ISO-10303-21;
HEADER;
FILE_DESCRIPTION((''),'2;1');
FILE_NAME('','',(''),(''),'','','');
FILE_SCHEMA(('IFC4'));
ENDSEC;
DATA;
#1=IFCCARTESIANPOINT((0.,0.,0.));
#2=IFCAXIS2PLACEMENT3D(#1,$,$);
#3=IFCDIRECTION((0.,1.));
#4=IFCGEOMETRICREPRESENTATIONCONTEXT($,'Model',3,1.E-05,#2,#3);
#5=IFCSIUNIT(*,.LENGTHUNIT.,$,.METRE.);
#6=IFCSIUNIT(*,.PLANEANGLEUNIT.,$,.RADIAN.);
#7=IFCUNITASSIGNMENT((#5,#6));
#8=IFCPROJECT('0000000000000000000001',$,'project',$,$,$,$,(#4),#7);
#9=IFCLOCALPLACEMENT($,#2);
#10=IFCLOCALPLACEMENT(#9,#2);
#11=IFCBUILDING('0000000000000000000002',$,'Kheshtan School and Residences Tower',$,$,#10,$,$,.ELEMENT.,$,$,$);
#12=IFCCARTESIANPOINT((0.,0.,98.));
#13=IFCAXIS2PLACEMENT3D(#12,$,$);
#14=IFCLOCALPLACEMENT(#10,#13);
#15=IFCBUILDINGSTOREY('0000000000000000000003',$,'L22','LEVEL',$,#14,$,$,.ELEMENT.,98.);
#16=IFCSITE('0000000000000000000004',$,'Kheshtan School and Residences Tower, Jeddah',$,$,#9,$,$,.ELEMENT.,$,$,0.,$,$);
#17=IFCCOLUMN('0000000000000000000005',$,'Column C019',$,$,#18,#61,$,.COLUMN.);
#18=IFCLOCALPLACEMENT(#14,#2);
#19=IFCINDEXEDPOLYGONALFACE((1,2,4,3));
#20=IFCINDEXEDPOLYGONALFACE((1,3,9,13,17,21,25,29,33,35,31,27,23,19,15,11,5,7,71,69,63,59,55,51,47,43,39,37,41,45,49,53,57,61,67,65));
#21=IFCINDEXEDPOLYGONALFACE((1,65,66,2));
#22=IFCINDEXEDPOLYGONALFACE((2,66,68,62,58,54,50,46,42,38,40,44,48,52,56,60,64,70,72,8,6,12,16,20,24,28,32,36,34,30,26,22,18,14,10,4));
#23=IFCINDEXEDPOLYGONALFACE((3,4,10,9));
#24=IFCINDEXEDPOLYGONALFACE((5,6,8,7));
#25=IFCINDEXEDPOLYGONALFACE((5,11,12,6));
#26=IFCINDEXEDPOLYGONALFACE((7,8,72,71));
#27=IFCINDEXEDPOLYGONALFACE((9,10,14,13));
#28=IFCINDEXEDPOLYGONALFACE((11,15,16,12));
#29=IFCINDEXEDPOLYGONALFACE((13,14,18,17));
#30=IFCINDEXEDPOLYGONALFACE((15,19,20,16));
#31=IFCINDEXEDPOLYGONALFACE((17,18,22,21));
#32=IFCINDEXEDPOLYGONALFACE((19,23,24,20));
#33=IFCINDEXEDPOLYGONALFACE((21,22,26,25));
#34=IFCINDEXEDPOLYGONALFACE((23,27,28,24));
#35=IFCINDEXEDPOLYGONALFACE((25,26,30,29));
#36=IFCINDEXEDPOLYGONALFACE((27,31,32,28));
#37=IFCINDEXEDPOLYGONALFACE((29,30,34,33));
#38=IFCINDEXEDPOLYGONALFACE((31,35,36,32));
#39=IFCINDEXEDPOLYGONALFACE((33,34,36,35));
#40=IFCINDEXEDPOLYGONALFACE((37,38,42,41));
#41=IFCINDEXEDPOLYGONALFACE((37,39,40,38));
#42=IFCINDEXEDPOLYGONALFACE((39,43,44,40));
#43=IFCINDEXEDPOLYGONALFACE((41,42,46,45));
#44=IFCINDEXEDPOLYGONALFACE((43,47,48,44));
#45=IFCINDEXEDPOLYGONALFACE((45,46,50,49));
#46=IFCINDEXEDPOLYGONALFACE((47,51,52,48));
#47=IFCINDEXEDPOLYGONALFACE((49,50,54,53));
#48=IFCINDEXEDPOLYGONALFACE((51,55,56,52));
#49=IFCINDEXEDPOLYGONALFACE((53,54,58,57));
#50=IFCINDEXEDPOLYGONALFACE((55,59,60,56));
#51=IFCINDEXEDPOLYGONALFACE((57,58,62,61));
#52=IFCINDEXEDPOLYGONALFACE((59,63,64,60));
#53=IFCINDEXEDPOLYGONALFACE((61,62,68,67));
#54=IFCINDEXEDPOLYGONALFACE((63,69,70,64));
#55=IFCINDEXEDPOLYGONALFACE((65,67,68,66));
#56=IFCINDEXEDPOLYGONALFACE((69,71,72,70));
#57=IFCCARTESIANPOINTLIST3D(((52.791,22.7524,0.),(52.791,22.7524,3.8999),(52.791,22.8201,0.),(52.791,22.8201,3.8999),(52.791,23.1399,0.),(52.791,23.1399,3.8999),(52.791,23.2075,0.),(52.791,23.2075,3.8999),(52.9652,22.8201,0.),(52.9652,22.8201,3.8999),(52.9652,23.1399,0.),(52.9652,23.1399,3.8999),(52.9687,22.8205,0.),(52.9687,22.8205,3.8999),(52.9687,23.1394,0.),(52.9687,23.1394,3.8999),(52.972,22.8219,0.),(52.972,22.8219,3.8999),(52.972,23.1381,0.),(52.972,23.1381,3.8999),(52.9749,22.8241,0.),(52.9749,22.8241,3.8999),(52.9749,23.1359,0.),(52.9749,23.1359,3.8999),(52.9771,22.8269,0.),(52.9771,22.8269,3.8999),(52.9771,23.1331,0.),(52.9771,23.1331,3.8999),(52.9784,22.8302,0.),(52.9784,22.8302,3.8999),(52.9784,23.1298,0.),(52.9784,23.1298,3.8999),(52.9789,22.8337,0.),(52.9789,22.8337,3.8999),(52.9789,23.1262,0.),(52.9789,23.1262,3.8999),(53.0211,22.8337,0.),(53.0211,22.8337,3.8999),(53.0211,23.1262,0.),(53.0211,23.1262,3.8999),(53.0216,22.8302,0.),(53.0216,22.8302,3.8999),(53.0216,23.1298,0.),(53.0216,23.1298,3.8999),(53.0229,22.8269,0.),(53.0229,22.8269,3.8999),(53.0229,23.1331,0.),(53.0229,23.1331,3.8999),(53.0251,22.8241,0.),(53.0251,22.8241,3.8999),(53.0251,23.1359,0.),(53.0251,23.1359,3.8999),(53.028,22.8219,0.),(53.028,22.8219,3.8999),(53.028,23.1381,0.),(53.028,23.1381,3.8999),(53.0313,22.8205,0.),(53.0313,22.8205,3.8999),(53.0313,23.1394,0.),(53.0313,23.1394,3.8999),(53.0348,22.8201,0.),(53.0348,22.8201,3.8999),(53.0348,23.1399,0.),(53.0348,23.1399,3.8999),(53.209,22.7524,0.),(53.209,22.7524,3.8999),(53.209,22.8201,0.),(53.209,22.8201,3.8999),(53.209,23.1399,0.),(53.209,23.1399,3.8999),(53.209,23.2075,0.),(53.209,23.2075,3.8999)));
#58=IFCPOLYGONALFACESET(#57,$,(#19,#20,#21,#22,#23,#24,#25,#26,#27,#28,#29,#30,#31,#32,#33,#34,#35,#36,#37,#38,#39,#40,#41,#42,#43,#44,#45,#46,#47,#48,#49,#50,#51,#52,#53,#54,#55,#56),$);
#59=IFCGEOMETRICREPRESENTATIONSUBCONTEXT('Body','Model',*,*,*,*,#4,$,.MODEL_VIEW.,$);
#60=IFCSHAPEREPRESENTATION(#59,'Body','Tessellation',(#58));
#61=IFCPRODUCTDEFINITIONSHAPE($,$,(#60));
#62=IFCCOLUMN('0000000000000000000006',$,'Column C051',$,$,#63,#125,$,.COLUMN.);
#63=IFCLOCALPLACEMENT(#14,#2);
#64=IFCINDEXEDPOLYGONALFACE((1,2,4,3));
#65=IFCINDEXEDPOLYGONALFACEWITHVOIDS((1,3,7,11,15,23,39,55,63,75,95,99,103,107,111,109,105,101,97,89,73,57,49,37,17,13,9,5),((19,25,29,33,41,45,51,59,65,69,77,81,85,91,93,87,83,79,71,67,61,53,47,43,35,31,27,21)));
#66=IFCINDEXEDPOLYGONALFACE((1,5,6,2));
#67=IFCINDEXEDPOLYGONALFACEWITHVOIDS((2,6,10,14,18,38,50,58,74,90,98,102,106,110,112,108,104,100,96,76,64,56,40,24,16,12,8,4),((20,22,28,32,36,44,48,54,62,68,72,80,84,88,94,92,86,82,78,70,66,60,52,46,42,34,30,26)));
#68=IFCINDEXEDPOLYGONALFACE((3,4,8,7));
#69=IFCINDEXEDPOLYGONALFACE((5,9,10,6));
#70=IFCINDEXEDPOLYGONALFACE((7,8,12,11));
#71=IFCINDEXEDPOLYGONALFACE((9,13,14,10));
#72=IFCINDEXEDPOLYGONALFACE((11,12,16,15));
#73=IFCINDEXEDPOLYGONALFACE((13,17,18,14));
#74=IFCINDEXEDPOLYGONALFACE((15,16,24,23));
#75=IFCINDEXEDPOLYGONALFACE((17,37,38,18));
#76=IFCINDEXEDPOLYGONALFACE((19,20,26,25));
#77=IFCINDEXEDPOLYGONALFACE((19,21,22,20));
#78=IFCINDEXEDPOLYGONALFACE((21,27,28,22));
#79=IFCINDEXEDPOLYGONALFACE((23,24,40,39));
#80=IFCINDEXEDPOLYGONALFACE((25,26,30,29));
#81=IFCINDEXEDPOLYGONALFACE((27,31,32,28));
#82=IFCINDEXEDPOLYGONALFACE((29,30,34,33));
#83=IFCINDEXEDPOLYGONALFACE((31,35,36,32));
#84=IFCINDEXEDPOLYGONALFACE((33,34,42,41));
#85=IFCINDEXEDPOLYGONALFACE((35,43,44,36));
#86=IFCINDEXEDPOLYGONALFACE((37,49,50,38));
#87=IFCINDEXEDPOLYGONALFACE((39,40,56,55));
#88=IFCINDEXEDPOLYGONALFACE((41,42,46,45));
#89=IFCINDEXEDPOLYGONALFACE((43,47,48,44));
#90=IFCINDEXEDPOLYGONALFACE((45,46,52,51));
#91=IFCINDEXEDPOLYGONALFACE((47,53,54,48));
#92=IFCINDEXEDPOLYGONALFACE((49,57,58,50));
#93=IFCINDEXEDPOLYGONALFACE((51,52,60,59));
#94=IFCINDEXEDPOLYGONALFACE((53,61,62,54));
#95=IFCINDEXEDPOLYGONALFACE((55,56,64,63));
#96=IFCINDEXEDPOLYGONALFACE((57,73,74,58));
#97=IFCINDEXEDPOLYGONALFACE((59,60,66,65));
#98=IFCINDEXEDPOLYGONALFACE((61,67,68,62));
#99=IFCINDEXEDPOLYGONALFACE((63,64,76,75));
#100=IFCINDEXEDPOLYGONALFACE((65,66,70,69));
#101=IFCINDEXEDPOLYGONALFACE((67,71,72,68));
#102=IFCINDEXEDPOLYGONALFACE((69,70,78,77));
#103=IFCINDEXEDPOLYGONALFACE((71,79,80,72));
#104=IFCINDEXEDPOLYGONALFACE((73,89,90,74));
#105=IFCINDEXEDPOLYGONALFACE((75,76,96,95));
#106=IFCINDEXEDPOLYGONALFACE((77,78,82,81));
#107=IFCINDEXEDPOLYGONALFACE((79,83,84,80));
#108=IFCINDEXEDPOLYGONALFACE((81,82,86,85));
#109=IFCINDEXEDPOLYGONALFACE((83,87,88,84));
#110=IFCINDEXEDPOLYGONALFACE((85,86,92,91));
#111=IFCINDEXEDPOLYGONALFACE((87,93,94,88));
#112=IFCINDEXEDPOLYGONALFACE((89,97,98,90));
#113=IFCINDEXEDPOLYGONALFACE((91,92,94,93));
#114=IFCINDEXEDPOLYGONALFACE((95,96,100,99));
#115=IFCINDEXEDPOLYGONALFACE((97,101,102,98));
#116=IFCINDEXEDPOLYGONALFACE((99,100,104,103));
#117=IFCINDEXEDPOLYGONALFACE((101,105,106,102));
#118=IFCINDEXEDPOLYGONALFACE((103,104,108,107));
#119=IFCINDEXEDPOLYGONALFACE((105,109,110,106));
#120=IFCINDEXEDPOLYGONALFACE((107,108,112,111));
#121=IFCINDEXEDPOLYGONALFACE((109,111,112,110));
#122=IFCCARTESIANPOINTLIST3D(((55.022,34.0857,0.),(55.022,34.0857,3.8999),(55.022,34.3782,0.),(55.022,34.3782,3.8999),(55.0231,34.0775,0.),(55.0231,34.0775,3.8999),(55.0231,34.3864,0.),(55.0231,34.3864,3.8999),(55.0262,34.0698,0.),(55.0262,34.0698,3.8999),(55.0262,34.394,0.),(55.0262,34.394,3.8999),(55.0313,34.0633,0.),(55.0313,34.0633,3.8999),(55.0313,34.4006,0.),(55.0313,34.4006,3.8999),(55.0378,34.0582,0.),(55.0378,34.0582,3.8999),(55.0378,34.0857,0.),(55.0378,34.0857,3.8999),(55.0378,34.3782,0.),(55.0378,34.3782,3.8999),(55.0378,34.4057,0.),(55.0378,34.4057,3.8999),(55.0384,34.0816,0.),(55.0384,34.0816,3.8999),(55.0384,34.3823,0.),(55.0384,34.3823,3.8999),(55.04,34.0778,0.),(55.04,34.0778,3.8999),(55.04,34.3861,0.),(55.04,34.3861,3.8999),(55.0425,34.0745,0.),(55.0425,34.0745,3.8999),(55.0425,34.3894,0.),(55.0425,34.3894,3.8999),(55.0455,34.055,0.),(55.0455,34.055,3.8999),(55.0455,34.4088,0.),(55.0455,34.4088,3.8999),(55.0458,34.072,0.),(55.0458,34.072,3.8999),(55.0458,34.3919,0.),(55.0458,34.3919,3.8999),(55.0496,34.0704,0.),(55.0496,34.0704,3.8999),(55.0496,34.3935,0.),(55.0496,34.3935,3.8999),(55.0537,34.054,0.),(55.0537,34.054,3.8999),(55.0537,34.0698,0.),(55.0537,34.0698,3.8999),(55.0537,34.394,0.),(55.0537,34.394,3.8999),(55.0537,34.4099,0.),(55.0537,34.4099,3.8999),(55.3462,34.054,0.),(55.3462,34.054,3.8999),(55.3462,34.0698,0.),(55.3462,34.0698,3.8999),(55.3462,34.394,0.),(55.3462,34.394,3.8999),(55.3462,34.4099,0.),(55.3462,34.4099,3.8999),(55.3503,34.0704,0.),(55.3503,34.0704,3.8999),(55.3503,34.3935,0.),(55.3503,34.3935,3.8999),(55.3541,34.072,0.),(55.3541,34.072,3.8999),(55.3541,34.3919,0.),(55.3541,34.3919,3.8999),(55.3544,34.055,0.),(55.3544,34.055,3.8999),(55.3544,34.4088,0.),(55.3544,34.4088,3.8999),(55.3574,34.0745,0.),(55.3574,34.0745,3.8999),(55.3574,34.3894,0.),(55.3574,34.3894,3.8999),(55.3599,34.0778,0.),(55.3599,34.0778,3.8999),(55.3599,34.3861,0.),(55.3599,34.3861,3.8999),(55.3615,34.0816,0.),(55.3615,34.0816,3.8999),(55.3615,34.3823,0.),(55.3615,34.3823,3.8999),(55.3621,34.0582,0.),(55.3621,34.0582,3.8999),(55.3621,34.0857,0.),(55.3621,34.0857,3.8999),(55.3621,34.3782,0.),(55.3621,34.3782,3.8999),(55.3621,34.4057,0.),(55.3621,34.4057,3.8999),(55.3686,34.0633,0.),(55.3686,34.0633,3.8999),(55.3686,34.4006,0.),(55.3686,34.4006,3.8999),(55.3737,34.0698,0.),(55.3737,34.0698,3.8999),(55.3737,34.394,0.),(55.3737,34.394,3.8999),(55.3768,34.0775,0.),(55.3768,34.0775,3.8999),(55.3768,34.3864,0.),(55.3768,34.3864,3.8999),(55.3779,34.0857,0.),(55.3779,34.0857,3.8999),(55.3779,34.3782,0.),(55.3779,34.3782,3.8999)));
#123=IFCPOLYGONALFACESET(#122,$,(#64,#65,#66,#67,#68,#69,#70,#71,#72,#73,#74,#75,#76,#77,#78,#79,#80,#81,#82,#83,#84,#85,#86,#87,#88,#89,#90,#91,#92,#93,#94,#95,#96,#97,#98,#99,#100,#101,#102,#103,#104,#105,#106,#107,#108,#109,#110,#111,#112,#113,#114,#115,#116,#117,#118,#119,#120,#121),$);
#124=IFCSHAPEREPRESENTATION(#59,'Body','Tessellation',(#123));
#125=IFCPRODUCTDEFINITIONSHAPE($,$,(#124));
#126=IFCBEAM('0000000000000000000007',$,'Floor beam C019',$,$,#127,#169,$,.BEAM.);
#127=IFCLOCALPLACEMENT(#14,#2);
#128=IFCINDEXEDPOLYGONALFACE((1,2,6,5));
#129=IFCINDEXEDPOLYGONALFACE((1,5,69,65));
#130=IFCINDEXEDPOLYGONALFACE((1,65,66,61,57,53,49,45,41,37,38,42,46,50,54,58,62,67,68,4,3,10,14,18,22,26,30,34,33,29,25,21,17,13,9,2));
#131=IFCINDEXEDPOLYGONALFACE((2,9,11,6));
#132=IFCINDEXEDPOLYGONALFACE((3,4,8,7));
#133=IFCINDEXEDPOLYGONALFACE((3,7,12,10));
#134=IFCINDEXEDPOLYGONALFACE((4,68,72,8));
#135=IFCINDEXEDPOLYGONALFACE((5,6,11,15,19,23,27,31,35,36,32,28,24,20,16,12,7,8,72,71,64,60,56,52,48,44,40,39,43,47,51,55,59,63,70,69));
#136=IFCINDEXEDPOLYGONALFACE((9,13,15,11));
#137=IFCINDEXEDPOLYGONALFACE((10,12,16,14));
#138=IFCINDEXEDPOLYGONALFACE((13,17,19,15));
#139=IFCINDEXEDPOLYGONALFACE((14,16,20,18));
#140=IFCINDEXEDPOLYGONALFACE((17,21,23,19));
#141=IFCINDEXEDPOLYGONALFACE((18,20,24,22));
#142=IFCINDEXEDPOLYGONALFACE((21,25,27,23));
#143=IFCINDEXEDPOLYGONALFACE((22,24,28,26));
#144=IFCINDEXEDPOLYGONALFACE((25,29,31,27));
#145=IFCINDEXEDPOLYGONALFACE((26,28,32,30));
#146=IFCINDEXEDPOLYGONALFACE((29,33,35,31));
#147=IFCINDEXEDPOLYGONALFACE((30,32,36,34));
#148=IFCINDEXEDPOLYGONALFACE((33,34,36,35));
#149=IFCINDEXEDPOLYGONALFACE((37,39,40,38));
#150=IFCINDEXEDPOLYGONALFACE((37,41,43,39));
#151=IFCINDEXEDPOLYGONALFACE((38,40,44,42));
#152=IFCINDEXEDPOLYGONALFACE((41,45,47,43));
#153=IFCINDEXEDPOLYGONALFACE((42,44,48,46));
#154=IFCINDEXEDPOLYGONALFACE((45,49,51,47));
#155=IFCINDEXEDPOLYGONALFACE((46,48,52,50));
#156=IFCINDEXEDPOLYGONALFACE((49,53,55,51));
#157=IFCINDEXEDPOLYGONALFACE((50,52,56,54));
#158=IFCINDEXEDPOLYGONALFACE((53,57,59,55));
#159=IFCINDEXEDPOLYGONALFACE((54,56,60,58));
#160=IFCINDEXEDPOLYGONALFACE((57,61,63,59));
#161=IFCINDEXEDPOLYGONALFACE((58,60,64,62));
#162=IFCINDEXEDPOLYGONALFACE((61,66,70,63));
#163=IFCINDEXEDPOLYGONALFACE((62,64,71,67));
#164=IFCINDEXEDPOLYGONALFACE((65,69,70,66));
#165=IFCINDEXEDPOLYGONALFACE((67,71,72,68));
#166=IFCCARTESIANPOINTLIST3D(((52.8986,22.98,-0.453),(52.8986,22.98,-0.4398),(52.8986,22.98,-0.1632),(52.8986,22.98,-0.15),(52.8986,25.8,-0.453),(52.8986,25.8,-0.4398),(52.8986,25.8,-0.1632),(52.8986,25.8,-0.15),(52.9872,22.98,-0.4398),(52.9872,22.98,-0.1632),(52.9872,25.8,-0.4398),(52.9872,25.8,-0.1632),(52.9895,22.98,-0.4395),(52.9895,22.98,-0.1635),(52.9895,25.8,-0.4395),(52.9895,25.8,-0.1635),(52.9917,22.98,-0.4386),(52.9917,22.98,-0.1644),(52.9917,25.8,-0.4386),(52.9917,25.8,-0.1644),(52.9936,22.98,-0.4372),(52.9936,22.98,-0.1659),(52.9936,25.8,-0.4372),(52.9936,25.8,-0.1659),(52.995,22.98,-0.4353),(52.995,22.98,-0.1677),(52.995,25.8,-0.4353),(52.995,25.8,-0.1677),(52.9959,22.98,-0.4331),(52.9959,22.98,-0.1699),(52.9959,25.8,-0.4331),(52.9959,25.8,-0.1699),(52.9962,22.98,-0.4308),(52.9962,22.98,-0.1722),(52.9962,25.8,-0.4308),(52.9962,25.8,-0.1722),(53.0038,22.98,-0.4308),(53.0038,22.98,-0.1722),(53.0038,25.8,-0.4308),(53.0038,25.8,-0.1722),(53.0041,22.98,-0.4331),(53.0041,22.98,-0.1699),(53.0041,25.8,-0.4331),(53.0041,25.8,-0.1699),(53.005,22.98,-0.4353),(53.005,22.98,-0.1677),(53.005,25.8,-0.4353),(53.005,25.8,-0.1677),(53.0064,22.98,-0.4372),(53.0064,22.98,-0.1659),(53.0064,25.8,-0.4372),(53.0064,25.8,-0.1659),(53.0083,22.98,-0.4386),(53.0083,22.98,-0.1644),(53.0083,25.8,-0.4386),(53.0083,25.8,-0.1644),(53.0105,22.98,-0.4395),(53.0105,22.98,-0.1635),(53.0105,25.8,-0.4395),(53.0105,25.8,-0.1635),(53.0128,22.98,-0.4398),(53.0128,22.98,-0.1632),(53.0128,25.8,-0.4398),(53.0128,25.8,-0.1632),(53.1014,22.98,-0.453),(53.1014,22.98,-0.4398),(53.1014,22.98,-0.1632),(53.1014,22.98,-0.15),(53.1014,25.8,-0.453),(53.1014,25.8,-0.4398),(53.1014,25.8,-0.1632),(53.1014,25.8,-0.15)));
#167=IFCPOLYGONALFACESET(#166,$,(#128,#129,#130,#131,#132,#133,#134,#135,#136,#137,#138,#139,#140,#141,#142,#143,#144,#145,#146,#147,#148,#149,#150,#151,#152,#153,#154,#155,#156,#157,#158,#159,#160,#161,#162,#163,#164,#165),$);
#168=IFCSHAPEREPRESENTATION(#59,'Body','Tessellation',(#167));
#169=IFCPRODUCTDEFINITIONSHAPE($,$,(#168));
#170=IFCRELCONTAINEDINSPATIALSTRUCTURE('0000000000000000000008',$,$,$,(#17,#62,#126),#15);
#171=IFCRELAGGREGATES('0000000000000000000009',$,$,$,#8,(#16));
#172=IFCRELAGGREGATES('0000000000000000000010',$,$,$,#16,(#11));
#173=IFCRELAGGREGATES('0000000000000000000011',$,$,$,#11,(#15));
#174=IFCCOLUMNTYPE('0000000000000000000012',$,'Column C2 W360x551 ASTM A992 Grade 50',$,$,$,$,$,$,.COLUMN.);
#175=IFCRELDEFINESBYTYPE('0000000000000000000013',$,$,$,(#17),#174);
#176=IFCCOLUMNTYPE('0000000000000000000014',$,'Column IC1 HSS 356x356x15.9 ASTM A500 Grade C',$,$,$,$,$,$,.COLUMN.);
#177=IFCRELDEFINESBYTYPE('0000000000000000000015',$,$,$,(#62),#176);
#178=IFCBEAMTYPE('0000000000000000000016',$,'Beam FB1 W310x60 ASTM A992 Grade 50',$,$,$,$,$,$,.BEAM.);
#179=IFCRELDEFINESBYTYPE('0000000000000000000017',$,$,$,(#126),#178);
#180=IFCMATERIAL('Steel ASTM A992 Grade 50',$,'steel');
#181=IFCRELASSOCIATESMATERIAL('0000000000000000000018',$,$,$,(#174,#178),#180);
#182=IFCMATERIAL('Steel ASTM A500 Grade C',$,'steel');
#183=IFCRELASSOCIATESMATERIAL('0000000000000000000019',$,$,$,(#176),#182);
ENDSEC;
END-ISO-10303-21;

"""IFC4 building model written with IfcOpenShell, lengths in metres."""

from ifc_helpers import new_model, si_unit, direction, frame, origin, origin_2d, place, context, subcontext, project, spatial, hollow_rectangle, i_section, extrude, material, material_profile, profile_set, type_object, element, save


model = new_model("IFC4")

# Units and contexts
model_context = context("Model", 3, precision=1e-05, world=origin(), true_north=direction((0.0, 1.0)))
body_context = subcontext(model_context, "Body", "Model", "MODEL_VIEW")
ifc_project = project(units=[si_unit("LENGTHUNIT", "METRE"), si_unit("PLANEANGLEUNIT", "RADIAN")], contexts=[model_context])

# Site, building, storey
site_placement = place(None, origin())
site = spatial("IfcSite", under=ifc_project, at=site_placement, Name="Kheshtan School and Residences Tower, Jeddah", CompositionType="ELEMENT", RefElevation=0.0)
building_placement = place(site_placement, origin())
building = spatial("IfcBuilding", under=site, at=building_placement, Name="Kheshtan School and Residences Tower", CompositionType="ELEMENT")
storey_placement = place(building_placement, frame((0.0, 0.0, 98.0)))
storey = spatial("IfcBuildingStorey", under=building, at=storey_placement, Name="L22", Description="LEVEL", CompositionType="ELEMENT", Elevation=98.0)

# Columns
ifc_material_1 = material(Name="Steel ASTM A992 Grade 50", Category="steel")
ifc_material_profile_1 = material_profile(ifc_material_1, i_section(OverallWidth=0.418, OverallDepth=0.4551, WebThickness=0.0422, FlangeThickness=0.0676, FilletRadius=0.0137, at=origin_2d()), Name="W360x551")
ifc_profile_set_1 = profile_set([ifc_material_profile_1], Name="Steel ASTM A992 Grade 50")
column_type_1 = type_object("IfcColumnType", Name="Column C2 W360x551 ASTM A992 Grade 50", PredefinedType="COLUMN", material=ifc_profile_set_1)
column_1_placement = place(storey_placement, frame((53.0, 22.98, 0.0), z_axis=(0.0, 0.0, 1.0), x_axis=(1.0, 0.0, 0.0)))
element("IfcColumn", 1, at=column_1_placement, inside=storey, type_object=column_type_1, Name="Column C019", PredefinedType="COLUMN", context=body_context, shape_type="SweptSolid", body=[
    extrude(i_section(OverallWidth=0.418, OverallDepth=0.4551, WebThickness=0.0422, FlangeThickness=0.0676, FilletRadius=0.0137, at=origin_2d()), origin(), (0.0, 0.0, 1.0), 3.8999),
])
ifc_material_2 = material(Name="Steel ASTM A500 Grade C", Category="steel")
ifc_material_profile_2 = material_profile(ifc_material_2, hollow_rectangle(XDim=0.356, YDim=0.356, WallThickness=0.0159, InnerFilletRadius=0.0159, OuterFilletRadius=0.0317, at=origin_2d()), Name="HSS 356x356x15.9")
ifc_profile_set_2 = profile_set([ifc_material_profile_2], Name="Steel ASTM A500 Grade C")
column_type_2 = type_object("IfcColumnType", Name="Column IC1 HSS 356x356x15.9 ASTM A500 Grade C", PredefinedType="COLUMN", material=ifc_profile_set_2)
column_2_placement = place(storey_placement, frame((55.2, 34.2319, 0.0), z_axis=(0.0, 0.0, 1.0), x_axis=(1.0, 0.0, 0.0)))
element("IfcColumn", 2, at=column_2_placement, inside=storey, type_object=column_type_2, Name="Column C051", PredefinedType="COLUMN", context=body_context, shape_type="SweptSolid", body=[
    extrude(hollow_rectangle(XDim=0.356, YDim=0.356, WallThickness=0.0159, InnerFilletRadius=0.0159, OuterFilletRadius=0.0317, at=origin_2d()), origin(), (0.0, 0.0, 1.0), 3.8999),
])

# Beam
ifc_material_profile_3 = material_profile(ifc_material_1, i_section(OverallWidth=0.2029, OverallDepth=0.303, WebThickness=0.0076, FlangeThickness=0.0132, FilletRadius=0.009, at=origin_2d()), Name="W310x60")
ifc_profile_set_3 = profile_set([ifc_material_profile_3], Name="Steel ASTM A992 Grade 50")
beam_type_1 = type_object("IfcBeamType", Name="Beam FB1 W310x60 ASTM A992 Grade 50", PredefinedType="BEAM", material=ifc_profile_set_3)
beam_1_placement = place(storey_placement, frame((53.0, 22.98, -0.3015), z_axis=(0.0, 1.0, 0.0), x_axis=(-1.0, 0.0, 0.0)))
element("IfcBeam", 3, at=beam_1_placement, inside=storey, type_object=beam_type_1, Name="Floor beam C019", PredefinedType="BEAM", context=body_context, shape_type="SweptSolid", body=[
    extrude(i_section(OverallWidth=0.2029, OverallDepth=0.303, WebThickness=0.0076, FlangeThickness=0.0132, FilletRadius=0.009, at=origin_2d()), origin(), (0.0, 0.0, 1.0), 2.8201),
])

save(model, "model.ifc")
